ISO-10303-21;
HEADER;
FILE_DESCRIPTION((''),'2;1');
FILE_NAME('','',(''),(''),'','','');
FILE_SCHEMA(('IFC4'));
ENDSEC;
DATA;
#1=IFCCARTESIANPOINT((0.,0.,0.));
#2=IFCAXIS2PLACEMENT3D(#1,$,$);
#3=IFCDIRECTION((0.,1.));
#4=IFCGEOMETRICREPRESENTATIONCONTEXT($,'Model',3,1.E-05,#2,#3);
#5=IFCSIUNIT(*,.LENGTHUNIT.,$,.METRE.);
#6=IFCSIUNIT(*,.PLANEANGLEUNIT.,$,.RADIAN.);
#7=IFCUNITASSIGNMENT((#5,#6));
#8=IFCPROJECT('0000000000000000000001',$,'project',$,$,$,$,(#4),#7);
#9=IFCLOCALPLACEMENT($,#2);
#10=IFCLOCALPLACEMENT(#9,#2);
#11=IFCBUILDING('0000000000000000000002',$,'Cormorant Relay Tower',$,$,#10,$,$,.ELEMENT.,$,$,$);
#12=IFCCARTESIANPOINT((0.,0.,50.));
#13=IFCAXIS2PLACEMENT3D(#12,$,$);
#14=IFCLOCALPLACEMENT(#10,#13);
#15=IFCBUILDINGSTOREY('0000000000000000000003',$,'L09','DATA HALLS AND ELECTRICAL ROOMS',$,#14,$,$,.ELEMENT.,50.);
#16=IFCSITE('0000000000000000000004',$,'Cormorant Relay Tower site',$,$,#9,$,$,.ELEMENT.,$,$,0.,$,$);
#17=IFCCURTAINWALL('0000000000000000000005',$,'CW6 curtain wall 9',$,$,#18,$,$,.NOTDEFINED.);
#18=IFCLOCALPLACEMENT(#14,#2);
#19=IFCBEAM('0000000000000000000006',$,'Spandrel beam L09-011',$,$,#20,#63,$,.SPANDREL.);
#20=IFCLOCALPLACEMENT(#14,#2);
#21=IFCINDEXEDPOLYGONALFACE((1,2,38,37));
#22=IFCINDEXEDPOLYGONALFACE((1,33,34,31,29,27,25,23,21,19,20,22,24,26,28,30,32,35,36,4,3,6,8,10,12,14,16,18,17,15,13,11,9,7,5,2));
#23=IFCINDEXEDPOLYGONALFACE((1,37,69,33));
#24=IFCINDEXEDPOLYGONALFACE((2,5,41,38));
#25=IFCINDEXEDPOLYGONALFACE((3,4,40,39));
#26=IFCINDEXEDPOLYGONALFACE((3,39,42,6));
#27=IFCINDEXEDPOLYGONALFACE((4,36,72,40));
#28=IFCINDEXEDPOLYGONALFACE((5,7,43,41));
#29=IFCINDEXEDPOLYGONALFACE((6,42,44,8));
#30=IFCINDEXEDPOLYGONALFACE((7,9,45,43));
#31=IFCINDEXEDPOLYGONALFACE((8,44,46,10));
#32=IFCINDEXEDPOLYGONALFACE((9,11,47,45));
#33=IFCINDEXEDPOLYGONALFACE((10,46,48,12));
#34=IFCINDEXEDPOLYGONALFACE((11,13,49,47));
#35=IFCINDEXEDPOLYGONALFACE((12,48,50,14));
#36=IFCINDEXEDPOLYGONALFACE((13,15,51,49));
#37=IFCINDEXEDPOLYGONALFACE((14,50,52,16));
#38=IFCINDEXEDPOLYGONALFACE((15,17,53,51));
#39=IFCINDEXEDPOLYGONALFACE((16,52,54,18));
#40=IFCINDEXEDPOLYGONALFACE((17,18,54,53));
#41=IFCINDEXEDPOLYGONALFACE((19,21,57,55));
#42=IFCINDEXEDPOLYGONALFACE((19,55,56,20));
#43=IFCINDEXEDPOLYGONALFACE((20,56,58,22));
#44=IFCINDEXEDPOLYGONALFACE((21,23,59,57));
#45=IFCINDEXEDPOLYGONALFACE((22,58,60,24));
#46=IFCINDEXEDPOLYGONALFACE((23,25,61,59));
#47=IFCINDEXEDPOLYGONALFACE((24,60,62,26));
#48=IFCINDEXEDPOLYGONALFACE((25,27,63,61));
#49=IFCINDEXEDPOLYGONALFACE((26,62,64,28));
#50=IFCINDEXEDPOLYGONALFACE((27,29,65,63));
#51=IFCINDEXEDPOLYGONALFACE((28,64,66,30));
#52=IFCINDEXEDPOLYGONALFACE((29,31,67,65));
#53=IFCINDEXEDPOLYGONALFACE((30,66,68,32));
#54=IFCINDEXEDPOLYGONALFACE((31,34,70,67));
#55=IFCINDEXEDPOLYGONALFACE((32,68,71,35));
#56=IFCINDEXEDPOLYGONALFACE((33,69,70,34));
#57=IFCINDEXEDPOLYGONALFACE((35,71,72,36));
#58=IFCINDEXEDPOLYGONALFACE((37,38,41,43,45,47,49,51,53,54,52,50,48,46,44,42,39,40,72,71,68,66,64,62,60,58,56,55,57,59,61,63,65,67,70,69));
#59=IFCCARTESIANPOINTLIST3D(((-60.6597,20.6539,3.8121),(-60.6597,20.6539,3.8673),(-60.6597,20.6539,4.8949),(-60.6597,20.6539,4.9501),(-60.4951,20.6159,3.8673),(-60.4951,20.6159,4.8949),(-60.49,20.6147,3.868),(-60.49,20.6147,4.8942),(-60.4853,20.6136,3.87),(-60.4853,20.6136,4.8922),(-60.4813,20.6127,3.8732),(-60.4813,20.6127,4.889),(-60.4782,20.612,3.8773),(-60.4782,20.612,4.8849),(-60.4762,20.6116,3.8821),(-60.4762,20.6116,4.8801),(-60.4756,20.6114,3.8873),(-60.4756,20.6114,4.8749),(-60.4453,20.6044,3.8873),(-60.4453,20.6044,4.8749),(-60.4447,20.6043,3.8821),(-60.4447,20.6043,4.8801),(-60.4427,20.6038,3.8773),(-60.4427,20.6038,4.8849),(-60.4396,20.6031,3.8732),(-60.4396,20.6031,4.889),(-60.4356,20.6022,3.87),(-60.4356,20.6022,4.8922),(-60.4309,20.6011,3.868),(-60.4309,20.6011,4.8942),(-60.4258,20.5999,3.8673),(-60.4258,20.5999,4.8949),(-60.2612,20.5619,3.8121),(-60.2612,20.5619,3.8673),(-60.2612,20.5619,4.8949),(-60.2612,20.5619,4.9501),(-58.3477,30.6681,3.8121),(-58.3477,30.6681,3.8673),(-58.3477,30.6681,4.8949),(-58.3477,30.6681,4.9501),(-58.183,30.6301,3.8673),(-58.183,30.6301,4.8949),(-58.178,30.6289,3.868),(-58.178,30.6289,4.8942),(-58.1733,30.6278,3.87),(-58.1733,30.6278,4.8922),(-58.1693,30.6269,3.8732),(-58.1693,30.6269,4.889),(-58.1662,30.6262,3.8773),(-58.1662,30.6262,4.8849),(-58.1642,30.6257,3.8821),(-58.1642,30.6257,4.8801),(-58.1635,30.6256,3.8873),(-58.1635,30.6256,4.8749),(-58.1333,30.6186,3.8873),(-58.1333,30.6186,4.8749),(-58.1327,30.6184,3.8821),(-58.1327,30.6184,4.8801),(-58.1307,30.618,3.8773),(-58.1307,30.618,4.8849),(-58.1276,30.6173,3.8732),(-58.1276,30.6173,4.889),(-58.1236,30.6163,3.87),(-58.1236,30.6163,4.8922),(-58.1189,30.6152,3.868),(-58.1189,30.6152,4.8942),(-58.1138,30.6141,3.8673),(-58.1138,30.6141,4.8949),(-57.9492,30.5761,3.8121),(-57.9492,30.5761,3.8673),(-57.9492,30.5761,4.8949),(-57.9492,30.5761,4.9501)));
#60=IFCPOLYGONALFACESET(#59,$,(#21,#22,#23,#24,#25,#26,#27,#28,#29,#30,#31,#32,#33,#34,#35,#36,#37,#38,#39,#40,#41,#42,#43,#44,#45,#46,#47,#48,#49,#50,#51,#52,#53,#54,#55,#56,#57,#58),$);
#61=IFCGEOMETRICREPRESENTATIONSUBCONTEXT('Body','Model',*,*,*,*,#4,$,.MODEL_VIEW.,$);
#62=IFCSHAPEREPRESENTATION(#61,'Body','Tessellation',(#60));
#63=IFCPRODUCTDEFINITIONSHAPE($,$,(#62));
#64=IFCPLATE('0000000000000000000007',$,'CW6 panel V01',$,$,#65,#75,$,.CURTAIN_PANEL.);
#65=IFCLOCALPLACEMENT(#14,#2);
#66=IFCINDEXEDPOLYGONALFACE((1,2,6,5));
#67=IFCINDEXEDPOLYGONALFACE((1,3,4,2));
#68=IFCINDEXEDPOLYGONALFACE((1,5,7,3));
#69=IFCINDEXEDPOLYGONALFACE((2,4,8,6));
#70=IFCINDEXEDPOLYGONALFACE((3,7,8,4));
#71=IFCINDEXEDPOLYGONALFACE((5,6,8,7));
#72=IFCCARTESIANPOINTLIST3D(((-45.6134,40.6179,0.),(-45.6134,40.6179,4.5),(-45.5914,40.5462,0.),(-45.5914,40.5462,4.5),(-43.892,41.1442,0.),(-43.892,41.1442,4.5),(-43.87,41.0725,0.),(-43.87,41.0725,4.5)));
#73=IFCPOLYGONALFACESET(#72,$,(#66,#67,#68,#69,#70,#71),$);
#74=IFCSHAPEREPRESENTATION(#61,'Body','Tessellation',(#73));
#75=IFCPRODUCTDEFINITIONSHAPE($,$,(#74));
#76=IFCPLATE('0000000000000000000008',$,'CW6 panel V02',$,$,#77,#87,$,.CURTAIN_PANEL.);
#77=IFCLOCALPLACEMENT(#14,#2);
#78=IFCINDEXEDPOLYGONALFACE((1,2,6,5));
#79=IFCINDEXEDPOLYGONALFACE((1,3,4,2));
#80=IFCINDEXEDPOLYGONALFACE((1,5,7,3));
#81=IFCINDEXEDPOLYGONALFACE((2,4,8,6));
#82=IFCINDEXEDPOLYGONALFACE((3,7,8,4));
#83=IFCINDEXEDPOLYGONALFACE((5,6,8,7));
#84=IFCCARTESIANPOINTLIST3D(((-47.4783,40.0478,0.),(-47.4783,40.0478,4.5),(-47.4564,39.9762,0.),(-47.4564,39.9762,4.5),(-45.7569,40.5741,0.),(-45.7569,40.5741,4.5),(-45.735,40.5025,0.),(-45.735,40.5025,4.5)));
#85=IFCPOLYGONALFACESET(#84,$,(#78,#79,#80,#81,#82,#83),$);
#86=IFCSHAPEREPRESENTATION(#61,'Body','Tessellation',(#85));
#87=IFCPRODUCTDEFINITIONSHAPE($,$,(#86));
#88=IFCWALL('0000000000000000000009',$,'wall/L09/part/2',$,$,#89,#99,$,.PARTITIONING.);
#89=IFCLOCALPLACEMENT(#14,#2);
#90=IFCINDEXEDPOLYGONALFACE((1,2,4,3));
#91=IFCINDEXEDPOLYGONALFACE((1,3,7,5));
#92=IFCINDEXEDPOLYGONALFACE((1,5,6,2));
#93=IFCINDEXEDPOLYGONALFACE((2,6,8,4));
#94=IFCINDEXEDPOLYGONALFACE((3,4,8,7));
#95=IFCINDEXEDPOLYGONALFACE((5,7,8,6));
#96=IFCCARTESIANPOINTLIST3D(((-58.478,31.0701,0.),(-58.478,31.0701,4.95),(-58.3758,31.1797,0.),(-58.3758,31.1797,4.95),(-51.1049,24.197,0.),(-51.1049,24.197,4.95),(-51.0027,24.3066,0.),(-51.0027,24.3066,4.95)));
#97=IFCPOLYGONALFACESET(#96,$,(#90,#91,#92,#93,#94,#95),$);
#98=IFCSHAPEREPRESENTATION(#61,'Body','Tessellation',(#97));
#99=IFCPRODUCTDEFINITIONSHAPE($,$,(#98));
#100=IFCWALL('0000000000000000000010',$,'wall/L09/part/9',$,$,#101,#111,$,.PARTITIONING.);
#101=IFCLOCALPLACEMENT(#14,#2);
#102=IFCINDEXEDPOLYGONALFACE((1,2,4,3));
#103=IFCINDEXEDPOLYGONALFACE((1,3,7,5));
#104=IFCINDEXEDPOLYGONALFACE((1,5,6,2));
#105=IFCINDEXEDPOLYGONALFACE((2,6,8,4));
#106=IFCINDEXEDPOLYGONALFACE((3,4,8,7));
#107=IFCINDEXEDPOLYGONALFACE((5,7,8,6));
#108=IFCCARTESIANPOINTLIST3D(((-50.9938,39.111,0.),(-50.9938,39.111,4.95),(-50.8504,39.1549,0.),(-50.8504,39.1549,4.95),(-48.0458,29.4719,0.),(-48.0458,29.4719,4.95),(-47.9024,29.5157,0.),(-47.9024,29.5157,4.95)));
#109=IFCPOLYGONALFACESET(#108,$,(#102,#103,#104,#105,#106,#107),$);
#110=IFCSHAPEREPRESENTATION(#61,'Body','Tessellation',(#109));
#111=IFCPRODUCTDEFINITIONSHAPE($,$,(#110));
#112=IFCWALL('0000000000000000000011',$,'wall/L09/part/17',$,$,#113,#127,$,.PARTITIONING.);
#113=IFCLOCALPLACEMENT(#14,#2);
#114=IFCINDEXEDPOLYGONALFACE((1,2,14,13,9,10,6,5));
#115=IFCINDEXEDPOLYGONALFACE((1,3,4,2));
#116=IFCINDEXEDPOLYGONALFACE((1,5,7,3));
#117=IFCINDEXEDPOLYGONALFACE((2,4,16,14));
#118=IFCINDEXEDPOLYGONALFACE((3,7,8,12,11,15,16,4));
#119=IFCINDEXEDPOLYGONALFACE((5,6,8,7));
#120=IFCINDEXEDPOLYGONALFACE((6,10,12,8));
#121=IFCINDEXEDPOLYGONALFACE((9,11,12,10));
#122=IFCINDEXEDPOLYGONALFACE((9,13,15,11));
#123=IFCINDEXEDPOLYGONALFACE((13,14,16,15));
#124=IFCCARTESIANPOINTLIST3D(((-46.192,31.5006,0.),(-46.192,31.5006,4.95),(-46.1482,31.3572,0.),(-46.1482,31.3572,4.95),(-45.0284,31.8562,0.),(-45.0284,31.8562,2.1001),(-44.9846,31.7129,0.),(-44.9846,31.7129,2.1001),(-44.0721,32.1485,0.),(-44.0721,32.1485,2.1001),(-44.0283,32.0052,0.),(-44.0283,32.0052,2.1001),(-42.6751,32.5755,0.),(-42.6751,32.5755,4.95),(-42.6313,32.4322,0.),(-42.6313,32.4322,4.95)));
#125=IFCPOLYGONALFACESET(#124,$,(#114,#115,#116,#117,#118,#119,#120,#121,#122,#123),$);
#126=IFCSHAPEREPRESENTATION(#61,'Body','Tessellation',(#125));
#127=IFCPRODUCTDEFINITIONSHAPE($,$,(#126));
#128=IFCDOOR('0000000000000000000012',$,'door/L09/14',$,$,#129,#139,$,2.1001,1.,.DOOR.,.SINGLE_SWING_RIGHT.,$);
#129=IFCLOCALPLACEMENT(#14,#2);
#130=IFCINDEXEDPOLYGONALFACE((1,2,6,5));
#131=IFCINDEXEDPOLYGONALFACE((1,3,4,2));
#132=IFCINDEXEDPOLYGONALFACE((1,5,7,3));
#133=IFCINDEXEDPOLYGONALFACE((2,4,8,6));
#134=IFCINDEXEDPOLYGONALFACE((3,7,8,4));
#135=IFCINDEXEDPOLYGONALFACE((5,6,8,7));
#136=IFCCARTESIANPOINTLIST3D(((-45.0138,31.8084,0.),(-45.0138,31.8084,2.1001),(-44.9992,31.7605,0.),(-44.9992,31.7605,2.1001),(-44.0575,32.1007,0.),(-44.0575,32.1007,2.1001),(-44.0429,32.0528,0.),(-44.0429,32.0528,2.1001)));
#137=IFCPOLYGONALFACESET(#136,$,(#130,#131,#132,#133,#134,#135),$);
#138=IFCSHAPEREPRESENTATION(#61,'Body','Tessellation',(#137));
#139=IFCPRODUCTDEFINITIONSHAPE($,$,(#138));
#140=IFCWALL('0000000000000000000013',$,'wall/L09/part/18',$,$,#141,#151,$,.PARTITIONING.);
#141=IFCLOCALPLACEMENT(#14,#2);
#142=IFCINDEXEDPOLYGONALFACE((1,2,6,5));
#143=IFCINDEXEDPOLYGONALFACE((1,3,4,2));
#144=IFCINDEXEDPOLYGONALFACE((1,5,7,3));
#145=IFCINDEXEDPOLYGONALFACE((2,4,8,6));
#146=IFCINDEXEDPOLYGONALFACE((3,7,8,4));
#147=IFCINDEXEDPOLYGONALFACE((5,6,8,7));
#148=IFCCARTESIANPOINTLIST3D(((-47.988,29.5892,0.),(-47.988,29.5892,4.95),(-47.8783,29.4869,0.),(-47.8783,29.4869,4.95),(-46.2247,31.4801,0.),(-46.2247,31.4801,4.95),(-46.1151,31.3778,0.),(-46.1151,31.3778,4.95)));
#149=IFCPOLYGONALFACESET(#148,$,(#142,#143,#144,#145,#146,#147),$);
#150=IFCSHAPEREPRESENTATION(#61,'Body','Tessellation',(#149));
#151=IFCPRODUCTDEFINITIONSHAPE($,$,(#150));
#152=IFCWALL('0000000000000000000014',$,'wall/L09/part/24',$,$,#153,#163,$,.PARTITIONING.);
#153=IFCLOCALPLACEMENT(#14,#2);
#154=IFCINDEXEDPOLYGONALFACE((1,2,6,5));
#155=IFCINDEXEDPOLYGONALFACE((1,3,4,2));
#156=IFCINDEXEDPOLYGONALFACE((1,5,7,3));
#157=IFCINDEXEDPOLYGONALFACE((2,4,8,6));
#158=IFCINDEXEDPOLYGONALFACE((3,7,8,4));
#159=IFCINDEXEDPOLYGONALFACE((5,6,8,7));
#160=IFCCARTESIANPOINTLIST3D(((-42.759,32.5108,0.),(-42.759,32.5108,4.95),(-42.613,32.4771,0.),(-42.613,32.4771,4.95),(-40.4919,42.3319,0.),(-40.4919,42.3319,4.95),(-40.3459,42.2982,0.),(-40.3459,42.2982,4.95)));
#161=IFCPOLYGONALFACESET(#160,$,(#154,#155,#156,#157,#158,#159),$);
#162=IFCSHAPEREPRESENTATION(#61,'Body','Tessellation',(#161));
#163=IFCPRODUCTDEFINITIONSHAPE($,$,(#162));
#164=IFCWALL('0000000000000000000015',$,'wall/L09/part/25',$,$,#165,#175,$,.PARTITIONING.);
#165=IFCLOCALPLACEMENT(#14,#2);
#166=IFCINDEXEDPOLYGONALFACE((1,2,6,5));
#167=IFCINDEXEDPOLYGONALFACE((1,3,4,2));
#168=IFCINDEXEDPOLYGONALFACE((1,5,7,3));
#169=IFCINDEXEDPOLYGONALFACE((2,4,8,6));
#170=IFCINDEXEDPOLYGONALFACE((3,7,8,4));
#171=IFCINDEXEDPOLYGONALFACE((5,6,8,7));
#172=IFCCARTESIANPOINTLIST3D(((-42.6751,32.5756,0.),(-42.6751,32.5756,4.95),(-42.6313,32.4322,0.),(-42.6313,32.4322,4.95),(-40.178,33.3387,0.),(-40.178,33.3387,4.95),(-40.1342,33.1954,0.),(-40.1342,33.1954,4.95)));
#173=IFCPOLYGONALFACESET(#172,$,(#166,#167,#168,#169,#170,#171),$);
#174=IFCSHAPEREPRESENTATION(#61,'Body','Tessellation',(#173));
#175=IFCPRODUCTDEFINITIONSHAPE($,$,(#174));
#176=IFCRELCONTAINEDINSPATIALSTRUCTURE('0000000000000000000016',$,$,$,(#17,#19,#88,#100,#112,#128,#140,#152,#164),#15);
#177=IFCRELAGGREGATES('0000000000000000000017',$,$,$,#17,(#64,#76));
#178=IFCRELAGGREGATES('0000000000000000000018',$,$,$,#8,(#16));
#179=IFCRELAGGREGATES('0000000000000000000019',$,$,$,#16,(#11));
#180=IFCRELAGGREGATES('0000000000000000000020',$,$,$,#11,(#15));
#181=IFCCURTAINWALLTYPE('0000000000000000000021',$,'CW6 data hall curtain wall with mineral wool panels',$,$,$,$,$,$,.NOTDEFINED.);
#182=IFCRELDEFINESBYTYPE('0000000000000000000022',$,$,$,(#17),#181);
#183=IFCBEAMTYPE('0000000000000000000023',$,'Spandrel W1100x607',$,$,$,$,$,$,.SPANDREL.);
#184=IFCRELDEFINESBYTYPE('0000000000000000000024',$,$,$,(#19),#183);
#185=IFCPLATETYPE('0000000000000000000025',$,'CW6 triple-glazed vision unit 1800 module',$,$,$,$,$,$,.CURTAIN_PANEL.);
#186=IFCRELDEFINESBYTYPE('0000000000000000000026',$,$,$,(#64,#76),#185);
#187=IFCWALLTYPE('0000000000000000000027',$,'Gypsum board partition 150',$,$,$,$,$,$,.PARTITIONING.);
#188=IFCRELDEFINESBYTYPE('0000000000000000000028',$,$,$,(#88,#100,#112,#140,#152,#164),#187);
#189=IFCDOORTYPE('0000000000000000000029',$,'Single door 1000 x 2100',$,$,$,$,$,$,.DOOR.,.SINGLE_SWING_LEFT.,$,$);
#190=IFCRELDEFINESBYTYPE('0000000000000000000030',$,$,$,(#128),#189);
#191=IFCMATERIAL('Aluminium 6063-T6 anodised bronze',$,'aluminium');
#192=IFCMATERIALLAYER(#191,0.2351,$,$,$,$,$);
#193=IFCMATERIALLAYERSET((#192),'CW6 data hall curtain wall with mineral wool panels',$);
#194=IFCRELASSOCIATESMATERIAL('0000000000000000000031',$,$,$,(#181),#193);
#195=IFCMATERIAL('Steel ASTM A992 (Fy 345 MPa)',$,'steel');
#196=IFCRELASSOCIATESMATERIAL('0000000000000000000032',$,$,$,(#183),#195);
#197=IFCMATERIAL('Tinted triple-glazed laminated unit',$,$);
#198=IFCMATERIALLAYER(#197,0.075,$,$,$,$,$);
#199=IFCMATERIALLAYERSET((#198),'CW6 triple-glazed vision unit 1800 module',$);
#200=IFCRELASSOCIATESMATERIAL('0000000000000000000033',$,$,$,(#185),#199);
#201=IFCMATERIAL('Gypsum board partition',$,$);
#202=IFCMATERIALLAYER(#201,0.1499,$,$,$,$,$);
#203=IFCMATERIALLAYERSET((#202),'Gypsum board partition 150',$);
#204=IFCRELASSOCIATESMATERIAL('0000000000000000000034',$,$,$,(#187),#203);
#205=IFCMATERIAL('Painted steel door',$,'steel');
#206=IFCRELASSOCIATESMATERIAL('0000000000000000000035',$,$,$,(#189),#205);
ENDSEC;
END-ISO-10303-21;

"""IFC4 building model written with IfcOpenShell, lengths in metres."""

from ifc_helpers import new_model, si_unit, direction, frame, frame_2d, origin, origin_2d, place, context, subcontext, project, spatial, rectangle, i_section, extrude, material, layer, layer_set, material_profile, profile_set, type_object, element, fill, aggregate, save


model = new_model("IFC4")

# Units and contexts
model_context = context("Model", 3, precision=1e-05, world=origin(), true_north=direction((0.0, 1.0)))
body_context = subcontext(model_context, "Body", "Model", "MODEL_VIEW")
ifc_project = project(units=[si_unit("LENGTHUNIT", "METRE"), si_unit("PLANEANGLEUNIT", "RADIAN")], contexts=[model_context])

# Site, building, storey
site_placement = place(None, origin())
site = spatial("IfcSite", under=ifc_project, at=site_placement, Name="Cormorant Relay Tower site", CompositionType="ELEMENT", RefElevation=0.0)
building_placement = place(site_placement, origin())
building = spatial("IfcBuilding", under=site, at=building_placement, Name="Cormorant Relay Tower", CompositionType="ELEMENT")
storey_placement = place(building_placement, frame((0.0, 0.0, 50.0)))
storey = spatial("IfcBuildingStorey", under=building, at=storey_placement, Name="L09", Description="DATA HALLS AND ELECTRICAL ROOMS", CompositionType="ELEMENT", Elevation=50.0)

# Curtain wall
ifc_material_1 = material(Name="Aluminium 6063-T6 anodised bronze", Category="aluminium")
ifc_layer_1 = layer(ifc_material_1, 0.2351)
ifc_layer_set_1 = layer_set([ifc_layer_1], Name="CW6 data hall curtain wall with mineral wool panels")
curtain_wall_type = type_object("IfcCurtainWallType", Name="CW6 data hall curtain wall with mineral wool panels", PredefinedType="NOTDEFINED", material=ifc_layer_set_1)
curtain_wall_1_placement = place(storey_placement, origin())
curtain_wall_1 = element("IfcCurtainWall", 1, at=curtain_wall_1_placement, inside=storey, type_object=curtain_wall_type, Name="CW6 curtain wall 9", PredefinedType="NOTDEFINED")

# Beam
ifc_material_2 = material(Name="Steel ASTM A992 (Fy 345 MPa)", Category="steel")
ifc_material_profile_1 = material_profile(ifc_material_2, i_section(OverallWidth=0.4089, OverallDepth=1.1379, WebThickness=0.031, FlangeThickness=0.0552, FilletRadius=0.02, at=origin_2d()), Name="W1100x607")
ifc_profile_set_1 = profile_set([ifc_material_profile_1], Name="Steel ASTM A992 (Fy 345 MPa)")
beam_type = type_object("IfcBeamType", Name="Spandrel W1100x607", PredefinedType="SPANDREL", material=ifc_profile_set_1)
beam_1_placement = place(storey_placement, frame((-58.1484, 30.6221, 4.3811), z_axis=(-0.224957, -0.974369, 0.0), x_axis=(0.974369, -0.224957, 0.0)))
element("IfcBeam", 2, at=beam_1_placement, inside=storey, type_object=beam_type, Name="Spandrel beam L09-011", PredefinedType="SPANDREL", context=body_context, shape_type="SweptSolid", body=[
    extrude(i_section(OverallWidth=0.4089, OverallDepth=1.1379, WebThickness=0.031, FlangeThickness=0.0552, FilletRadius=0.02, at=origin_2d()), origin(), (0.0, 0.0, 1.0), 10.2776),
])

# Plates
ifc_material_3 = material(Name="Tinted triple-glazed laminated unit")
ifc_layer_2 = layer(ifc_material_3, 0.075)
ifc_layer_set_2 = layer_set([ifc_layer_2], Name="CW6 triple-glazed vision unit 1800 module")
plate_type = type_object("IfcPlateType", Name="CW6 triple-glazed vision unit 1800 module", PredefinedType="CURTAIN_PANEL", material=ifc_layer_set_2)
plate_1_placement = place(storey_placement, frame((-44.7417, 40.8452, 0.0), z_axis=(0.0, 0.0, 1.0), x_axis=(-0.956305, -0.292372, 0.0)))
plate_1 = element("IfcPlate", 3, at=plate_1_placement, type_object=plate_type, Name="CW6 panel V01", PredefinedType="CURTAIN_PANEL", context=body_context, shape_type="SweptSolid", body=[
    extrude(rectangle(XDim=1.8, YDim=0.075, at=origin_2d()), origin(), (0.0, 0.0, 1.0), 4.5),
])
plate_2_placement = place(storey_placement, frame((-46.6067, 40.2751, 0.0), z_axis=(0.0, 0.0, 1.0), x_axis=(-0.956305, -0.292372, 0.0)))
plate_2 = element("IfcPlate", 4, at=plate_2_placement, type_object=plate_type, Name="CW6 panel V02", PredefinedType="CURTAIN_PANEL", context=body_context, shape_type="SweptSolid", body=[
    extrude(rectangle(XDim=1.8, YDim=0.075, at=origin_2d()), origin(), (0.0, 0.0, 1.0), 4.5),
])

# Walls
ifc_material_4 = material(Name="Gypsum board partition")
ifc_layer_3 = layer(ifc_material_4, 0.1499)
ifc_layer_set_3 = layer_set([ifc_layer_3], Name="Gypsum board partition 150")
wall_type = type_object("IfcWallType", Name="Gypsum board partition 150", PredefinedType="PARTITIONING", material=ifc_layer_set_3)
for number, where, z_axis, x_axis, name in (
    (5, (-58.427, 31.125, 0.0), (0.0, 0.0, 1.0), (0.731474, -0.681869, 0.0), "wall/L09/part/2"),
    (6, (-50.9221, 39.1331, 0.0), (0.0, 0.0, 1.0), (0.292463, -0.956277, 0.0), "wall/L09/part/9"),
):
    element("IfcWall", number, at=place(storey_placement, frame(where, z_axis=z_axis, x_axis=x_axis)), inside=storey, type_object=wall_type, Name=name, PredefinedType="PARTITIONING", context=body_context, shape_type="SweptSolid", body=[
        extrude(rectangle(XDim=10.0798, YDim=0.1499, at=frame_2d((5.04, 0.0))), origin(), (0.0, 0.0, 1.0), 4.95),
    ])

# Wall, opening, door
wall_1_placement = place(storey_placement, frame((-42.6531, 32.5039, 0.0), z_axis=(0.0, 0.0, 1.0), x_axis=(-0.956324, -0.292308, 0.0)))
wall_1 = element("IfcWall", 7, at=wall_1_placement, inside=storey, type_object=wall_type, Name="wall/L09/part/17", PredefinedType="PARTITIONING", context=body_context, shape_type="SweptSolid", body=[
    extrude(rectangle(XDim=3.6775, YDim=0.1499, at=frame_2d((1.8389, 0.0))), origin(), (0.0, 0.0, 1.0), 4.95),
])
opening_1_placement = place(wall_1_placement, frame((1.4609, 0.0, 0.0)))
opening_1 = element("IfcOpeningElement", 8, at=opening_1_placement, cuts=wall_1, PredefinedType="OPENING", context=body_context, shape_type="SweptSolid", body=[
    extrude(rectangle(XDim=1.0, YDim=2.1001, at=frame_2d((0.5, 1.05))), frame((0.0, 0.085, 0.0), z_axis=(0.0, -1.0, 0.0), x_axis=(1.0, 0.0, 0.0)), (0.0, 0.0, 1.0), 0.1699),
])
ifc_material_5 = material(Name="Painted steel door", Category="steel")
door_type = type_object("IfcDoorType", Name="Single door 1000 x 2100", OperationType="SINGLE_SWING_LEFT", PredefinedType="DOOR", material=ifc_material_5)
door_1_placement = place(opening_1_placement, frame((1.0, 0.0, 0.0), z_axis=(0.0, 0.0, 1.0), x_axis=(-1.0, 0.0, 0.0)))
door_1 = element("IfcDoor", 9, at=door_1_placement, inside=storey, type_object=door_type, Name="door/L09/14", OperationType="SINGLE_SWING_RIGHT", OverallHeight=2.1001, OverallWidth=1.0, PredefinedType="DOOR", context=body_context, shape_type="SweptSolid", body=[
    extrude(rectangle(XDim=1.0, YDim=2.1001, at=frame_2d((0.5, 1.05))), frame((0.0, 0.0249, 0.0), z_axis=(0.0, -1.0, 0.0), x_axis=(1.0, 0.0, 0.0)), (0.0, 0.0, 1.0), 0.05),
])
fill(opening_1, door_1)

# Walls
wall_2_placement = place(storey_placement, frame((-46.1699, 31.429, 0.0), z_axis=(0.0, 0.0, 1.0), x_axis=(-0.681982, -0.731369, 0.0)))
element("IfcWall", 10, at=wall_2_placement, inside=storey, type_object=wall_type, Name="wall/L09/part/18", PredefinedType="PARTITIONING", context=body_context, shape_type="SweptSolid", body=[
    extrude(rectangle(XDim=2.5854, YDim=0.1499, at=frame_2d((1.2927, 0.0))), origin(), (0.0, 0.0, 1.0), 4.95),
])
wall_3_placement = place(storey_placement, frame((-40.4189, 42.3149, 0.0), z_axis=(0.0, 0.0, 1.0), x_axis=(-0.224925, -0.974376, 0.0)))
element("IfcWall", 11, at=wall_3_placement, inside=storey, type_object=wall_type, Name="wall/L09/part/24", PredefinedType="PARTITIONING", context=body_context, shape_type="SweptSolid", body=[
    extrude(rectangle(XDim=10.0793, YDim=0.1499, at=frame_2d((5.0396, 0.0))), origin(), (0.0, 0.0, 1.0), 4.95),
])
wall_4_placement = place(storey_placement, frame((-40.156, 33.2671, 0.0), z_axis=(0.0, 0.0, 1.0), x_axis=(-0.956331, -0.292285, 0.0)))
element("IfcWall", 12, at=wall_4_placement, inside=storey, type_object=wall_type, Name="wall/L09/part/25", PredefinedType="PARTITIONING", context=body_context, shape_type="SweptSolid", body=[
    extrude(rectangle(XDim=2.6111, YDim=0.1499, at=frame_2d((1.3057, 0.0))), origin(), (0.0, 0.0, 1.0), 4.95),
])

aggregate(curtain_wall_1, [plate_1, plate_2])

save(model, "model.ifc")
